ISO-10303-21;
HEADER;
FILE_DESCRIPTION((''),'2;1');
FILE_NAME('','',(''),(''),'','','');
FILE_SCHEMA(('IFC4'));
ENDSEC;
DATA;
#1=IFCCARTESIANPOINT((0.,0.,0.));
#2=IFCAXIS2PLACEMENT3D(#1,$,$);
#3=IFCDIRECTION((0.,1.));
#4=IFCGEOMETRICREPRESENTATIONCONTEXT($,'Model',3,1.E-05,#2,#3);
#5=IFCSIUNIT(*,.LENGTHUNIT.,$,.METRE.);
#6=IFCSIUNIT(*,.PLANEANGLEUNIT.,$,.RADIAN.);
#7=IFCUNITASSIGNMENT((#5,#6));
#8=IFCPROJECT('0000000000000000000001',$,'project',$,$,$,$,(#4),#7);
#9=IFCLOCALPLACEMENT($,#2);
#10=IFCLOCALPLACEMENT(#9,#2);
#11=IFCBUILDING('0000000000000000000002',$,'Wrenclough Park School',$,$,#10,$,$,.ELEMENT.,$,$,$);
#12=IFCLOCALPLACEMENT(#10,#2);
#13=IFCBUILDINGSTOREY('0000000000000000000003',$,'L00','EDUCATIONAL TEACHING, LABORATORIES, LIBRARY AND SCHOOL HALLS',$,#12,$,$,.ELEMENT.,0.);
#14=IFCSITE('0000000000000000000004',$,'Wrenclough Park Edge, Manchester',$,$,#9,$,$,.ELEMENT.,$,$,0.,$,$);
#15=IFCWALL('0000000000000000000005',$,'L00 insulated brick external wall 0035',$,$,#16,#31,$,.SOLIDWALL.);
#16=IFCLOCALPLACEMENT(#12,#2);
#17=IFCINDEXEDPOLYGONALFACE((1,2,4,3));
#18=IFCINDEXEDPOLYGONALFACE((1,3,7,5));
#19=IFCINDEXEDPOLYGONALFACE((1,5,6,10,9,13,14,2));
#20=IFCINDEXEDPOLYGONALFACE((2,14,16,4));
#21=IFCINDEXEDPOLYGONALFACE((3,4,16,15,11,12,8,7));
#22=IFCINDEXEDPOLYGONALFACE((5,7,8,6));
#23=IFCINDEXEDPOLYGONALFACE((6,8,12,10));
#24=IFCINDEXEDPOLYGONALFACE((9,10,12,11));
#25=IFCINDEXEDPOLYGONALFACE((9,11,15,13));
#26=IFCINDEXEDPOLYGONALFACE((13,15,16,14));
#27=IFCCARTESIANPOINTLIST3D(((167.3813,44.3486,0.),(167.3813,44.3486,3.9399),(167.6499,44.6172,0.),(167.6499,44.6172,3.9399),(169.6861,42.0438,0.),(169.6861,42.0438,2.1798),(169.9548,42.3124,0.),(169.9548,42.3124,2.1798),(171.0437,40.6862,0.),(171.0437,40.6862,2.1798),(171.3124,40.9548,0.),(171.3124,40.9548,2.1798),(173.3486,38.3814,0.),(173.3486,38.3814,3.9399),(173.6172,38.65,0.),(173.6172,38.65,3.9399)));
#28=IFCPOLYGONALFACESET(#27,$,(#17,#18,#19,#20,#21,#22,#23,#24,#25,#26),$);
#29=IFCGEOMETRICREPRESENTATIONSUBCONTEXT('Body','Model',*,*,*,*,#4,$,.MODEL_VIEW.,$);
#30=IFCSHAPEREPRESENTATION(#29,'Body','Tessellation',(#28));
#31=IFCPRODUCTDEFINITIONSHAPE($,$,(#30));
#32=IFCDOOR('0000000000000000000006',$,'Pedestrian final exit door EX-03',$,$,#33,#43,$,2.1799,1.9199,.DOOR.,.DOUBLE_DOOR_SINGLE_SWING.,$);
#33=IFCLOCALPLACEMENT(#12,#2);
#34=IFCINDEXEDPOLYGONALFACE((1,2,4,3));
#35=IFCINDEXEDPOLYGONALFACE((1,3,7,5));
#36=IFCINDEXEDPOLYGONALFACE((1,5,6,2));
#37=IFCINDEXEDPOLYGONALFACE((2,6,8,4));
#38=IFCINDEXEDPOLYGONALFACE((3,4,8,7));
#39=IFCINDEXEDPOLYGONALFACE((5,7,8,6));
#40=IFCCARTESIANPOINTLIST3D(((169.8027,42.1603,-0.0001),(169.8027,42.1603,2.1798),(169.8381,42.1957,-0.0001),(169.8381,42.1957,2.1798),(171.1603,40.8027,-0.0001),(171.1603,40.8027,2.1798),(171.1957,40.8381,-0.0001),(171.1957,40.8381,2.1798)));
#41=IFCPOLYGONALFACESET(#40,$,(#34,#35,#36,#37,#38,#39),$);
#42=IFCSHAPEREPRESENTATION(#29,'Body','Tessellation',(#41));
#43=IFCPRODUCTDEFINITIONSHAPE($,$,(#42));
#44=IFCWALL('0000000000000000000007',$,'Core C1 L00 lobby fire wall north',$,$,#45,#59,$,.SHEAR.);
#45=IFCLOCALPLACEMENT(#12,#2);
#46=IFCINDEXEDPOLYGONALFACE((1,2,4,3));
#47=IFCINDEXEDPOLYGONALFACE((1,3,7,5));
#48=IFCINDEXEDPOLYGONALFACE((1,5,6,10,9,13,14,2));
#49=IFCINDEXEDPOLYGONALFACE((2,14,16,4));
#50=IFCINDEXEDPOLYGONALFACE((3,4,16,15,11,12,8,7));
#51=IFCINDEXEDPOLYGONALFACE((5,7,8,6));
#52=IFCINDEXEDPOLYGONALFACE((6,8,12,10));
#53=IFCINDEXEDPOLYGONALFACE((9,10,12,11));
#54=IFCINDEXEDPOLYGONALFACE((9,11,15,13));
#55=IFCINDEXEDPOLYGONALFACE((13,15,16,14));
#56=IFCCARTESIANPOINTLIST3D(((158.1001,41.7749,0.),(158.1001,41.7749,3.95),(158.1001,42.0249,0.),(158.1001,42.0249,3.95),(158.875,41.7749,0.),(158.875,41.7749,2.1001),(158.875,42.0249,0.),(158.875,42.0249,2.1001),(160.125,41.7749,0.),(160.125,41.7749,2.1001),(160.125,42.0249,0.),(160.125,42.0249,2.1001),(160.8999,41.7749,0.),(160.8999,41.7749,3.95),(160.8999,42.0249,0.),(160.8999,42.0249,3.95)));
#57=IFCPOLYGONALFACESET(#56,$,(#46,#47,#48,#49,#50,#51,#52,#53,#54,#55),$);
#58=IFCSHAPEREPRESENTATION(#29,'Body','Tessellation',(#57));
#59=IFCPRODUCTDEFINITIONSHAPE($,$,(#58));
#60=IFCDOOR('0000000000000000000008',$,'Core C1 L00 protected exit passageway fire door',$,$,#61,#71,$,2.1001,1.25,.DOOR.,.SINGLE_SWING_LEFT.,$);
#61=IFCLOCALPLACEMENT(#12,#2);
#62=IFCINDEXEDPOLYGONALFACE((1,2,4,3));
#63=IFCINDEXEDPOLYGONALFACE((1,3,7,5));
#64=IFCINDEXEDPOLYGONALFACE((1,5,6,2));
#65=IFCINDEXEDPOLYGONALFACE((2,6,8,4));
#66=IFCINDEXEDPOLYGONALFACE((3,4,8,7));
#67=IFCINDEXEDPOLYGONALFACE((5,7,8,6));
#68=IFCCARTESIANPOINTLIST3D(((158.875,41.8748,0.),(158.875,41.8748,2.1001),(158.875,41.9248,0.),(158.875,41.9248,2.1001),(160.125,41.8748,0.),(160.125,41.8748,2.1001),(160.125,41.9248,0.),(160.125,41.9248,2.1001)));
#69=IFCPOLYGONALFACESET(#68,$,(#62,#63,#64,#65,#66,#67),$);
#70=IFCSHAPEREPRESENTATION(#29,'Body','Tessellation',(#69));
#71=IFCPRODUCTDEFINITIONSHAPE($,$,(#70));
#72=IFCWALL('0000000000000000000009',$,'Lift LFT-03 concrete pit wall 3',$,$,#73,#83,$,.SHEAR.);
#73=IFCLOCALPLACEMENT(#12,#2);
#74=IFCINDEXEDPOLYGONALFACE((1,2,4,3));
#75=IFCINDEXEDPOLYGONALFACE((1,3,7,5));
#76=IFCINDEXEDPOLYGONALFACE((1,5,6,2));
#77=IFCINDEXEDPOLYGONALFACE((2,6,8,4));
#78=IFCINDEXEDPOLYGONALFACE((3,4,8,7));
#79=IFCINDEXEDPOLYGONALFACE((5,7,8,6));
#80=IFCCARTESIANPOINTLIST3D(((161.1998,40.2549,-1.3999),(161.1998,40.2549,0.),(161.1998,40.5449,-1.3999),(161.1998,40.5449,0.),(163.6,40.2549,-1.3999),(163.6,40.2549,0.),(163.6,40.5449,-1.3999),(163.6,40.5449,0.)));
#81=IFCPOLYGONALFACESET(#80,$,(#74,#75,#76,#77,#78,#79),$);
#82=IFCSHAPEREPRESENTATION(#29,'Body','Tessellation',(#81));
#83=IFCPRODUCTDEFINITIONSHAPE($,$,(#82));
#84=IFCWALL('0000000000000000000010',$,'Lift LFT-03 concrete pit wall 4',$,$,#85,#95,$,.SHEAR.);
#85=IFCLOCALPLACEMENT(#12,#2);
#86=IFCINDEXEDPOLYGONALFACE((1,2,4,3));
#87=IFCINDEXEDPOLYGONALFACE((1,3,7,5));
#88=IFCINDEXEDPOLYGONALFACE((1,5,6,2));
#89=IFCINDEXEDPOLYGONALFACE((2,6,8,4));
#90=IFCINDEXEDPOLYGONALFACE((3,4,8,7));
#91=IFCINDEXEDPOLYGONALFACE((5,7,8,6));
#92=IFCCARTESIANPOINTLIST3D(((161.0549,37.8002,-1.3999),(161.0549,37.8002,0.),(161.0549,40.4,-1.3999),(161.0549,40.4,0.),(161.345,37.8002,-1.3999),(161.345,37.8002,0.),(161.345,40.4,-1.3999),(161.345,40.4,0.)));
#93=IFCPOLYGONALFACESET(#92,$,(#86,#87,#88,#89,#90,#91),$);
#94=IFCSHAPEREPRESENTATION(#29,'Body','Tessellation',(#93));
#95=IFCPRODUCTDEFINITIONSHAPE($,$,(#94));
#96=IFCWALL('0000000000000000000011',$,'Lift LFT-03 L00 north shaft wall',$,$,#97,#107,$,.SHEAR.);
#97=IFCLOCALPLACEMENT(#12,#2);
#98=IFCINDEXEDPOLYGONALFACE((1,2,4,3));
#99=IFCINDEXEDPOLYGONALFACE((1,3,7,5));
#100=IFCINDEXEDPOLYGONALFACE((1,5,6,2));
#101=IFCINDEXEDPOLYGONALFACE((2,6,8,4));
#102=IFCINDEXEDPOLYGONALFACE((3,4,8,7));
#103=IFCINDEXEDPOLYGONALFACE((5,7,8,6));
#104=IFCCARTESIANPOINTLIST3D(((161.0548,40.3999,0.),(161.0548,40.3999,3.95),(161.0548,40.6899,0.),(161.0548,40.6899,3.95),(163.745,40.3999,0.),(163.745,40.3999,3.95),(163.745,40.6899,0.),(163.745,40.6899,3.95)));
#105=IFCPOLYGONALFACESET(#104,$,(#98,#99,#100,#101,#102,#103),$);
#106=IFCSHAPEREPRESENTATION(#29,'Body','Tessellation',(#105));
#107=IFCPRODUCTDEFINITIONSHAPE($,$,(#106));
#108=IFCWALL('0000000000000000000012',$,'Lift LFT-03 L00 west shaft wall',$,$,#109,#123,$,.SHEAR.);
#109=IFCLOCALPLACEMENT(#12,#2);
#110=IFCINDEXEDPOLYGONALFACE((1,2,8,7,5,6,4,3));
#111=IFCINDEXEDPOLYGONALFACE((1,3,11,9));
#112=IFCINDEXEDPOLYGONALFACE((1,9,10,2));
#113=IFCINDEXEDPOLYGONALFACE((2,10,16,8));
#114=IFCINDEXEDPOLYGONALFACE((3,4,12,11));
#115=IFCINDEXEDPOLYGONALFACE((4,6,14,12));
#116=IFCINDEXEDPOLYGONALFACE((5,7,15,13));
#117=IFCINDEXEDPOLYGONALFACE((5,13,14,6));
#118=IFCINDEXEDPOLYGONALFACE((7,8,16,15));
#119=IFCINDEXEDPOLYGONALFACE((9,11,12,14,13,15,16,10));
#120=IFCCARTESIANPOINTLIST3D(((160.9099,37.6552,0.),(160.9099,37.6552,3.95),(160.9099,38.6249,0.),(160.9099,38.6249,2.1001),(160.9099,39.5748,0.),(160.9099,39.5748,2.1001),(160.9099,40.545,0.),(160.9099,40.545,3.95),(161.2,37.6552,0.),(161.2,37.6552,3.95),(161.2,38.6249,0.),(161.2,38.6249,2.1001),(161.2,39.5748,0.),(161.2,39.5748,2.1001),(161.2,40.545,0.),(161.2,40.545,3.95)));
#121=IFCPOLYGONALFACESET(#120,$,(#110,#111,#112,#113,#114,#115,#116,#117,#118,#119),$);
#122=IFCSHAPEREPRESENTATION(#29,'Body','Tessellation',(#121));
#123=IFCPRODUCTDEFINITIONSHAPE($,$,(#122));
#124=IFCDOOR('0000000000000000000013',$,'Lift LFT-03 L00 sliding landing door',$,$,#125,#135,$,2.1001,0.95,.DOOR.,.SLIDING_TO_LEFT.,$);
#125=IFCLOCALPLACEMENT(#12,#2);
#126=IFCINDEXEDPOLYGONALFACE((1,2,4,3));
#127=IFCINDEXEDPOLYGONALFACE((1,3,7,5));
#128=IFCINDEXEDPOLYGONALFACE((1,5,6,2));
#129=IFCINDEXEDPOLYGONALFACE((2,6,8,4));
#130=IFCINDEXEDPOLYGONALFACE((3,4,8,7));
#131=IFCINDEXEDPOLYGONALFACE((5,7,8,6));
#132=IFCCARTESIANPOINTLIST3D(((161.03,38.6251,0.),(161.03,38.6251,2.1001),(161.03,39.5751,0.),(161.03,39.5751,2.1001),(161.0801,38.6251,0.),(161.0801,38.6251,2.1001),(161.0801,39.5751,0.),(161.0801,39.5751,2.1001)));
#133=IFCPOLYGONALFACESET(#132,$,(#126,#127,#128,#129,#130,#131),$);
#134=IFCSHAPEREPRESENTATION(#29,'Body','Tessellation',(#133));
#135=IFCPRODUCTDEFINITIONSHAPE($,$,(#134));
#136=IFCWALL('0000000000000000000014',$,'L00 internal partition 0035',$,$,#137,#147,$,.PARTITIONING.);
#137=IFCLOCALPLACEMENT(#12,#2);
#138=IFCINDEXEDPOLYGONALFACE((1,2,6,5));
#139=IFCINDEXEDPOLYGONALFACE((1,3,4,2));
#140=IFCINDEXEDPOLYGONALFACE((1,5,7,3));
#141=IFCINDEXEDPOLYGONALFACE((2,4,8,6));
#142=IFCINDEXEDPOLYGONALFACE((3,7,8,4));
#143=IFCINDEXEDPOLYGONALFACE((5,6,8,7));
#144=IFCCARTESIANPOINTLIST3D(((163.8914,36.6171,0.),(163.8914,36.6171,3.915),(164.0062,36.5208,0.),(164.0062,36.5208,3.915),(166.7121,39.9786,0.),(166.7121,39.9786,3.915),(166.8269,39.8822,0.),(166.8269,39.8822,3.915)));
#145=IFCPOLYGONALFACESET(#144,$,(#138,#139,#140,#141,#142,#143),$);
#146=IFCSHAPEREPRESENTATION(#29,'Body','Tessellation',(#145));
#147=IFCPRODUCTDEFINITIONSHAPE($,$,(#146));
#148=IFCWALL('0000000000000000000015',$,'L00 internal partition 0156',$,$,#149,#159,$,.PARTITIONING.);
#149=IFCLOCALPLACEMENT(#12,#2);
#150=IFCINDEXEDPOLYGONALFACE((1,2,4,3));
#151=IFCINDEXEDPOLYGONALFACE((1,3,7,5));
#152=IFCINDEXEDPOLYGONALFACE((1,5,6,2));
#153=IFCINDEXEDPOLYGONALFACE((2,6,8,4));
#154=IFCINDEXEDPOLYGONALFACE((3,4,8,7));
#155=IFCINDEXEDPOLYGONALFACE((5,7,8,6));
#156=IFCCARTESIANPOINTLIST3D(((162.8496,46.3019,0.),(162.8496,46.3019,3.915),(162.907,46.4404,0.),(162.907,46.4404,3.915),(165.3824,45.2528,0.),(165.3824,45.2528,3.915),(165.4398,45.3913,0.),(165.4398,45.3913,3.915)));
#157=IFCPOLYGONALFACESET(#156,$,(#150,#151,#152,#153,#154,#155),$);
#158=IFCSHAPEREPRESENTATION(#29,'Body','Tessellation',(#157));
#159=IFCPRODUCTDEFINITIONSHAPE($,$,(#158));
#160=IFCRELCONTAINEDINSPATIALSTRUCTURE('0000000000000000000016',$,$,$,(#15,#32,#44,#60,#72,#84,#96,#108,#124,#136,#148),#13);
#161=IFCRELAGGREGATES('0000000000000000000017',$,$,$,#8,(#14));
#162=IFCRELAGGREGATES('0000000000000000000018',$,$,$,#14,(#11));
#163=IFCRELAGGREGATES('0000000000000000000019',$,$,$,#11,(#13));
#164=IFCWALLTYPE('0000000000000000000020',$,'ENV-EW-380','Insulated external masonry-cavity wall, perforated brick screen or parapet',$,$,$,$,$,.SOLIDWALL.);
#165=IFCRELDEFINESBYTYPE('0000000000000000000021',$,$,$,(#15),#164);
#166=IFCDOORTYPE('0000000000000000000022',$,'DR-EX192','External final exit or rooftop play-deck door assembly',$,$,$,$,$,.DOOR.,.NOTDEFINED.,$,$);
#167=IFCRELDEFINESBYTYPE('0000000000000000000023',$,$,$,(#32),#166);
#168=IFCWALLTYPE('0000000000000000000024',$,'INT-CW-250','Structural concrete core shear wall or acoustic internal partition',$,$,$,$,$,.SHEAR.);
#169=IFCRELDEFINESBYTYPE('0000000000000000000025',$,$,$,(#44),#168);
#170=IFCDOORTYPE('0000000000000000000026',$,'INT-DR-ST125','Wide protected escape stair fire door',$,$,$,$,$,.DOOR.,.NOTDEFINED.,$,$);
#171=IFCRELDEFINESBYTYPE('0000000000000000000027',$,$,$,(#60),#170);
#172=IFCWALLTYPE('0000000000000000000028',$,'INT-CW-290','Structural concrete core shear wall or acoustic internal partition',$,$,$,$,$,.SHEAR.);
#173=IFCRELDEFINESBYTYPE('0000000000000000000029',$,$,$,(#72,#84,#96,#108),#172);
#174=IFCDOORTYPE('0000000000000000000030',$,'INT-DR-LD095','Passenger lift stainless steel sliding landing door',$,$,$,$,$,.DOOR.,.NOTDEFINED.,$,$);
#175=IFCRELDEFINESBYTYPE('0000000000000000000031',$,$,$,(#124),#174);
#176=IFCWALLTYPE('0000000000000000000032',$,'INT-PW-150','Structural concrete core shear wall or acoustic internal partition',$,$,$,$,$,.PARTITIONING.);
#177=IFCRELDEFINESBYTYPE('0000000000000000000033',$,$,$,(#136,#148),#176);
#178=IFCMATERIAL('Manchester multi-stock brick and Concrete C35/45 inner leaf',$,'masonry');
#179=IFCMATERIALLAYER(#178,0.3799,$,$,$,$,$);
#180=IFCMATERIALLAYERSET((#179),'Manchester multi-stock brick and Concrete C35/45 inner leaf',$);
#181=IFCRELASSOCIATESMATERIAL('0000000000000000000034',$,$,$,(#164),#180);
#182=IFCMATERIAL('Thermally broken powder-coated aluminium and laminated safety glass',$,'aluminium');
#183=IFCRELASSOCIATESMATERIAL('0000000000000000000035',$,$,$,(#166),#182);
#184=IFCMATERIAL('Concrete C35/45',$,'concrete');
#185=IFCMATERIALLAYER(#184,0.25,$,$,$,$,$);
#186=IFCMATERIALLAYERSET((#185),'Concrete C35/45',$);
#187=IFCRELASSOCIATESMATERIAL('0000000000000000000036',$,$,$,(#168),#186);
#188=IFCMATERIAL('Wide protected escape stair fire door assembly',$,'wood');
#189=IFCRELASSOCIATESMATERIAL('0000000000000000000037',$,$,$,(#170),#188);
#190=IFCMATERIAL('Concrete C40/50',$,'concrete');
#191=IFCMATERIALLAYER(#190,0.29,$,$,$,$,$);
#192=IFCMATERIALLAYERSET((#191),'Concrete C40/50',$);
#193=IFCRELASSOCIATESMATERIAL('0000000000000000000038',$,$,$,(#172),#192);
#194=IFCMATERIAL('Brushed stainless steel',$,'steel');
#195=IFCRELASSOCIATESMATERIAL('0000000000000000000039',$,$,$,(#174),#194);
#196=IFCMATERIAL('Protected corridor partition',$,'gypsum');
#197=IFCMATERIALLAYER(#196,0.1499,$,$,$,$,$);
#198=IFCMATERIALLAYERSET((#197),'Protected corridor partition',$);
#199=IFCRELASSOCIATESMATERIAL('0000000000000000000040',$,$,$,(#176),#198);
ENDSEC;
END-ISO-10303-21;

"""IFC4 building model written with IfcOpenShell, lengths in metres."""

from ifc_helpers import new_model, si_unit, direction, frame, frame_2d, origin, place, context, subcontext, project, spatial, rectangle, extrude, material, layer, layer_set, type_object, element, fill, save


model = new_model("IFC4")

# Units and contexts
model_context = context("Model", 3, precision=1e-05, world=origin(), true_north=direction((0.0, 1.0)))
body_context = subcontext(model_context, "Body", "Model", "MODEL_VIEW")
ifc_project = project(units=[si_unit("LENGTHUNIT", "METRE"), si_unit("PLANEANGLEUNIT", "RADIAN")], contexts=[model_context])

# Site, building, storey
site_placement = place(None, origin())
site = spatial("IfcSite", under=ifc_project, at=site_placement, Name="Wrenclough Park Edge, Manchester", CompositionType="ELEMENT", RefElevation=0.0)
building_placement = place(site_placement, origin())
building = spatial("IfcBuilding", under=site, at=building_placement, Name="Wrenclough Park School", CompositionType="ELEMENT")
storey_placement = place(building_placement, origin())
storey = spatial("IfcBuildingStorey", under=building, at=storey_placement, Name="L00", Description="EDUCATIONAL TEACHING, LABORATORIES, LIBRARY AND SCHOOL HALLS", CompositionType="ELEMENT", Elevation=0.0)

# Shared definitions
ifc_material_1 = material(Name="Concrete C35/45", Category="concrete")

# Shared definitions
ifc_material_2 = material(Name="Concrete C40/50", Category="concrete")

# Walls, openings, doors
ifc_material_3 = material(Name="Manchester multi-stock brick and Concrete C35/45 inner leaf", Category="masonry")
ifc_layer_1 = layer(ifc_material_3, 0.3799)
ifc_layer_set_1 = layer_set([ifc_layer_1], Name="Manchester multi-stock brick and Concrete C35/45 inner leaf")
wall_type_1 = type_object("IfcWallType", Name="ENV-EW-380", Description="Insulated external masonry-cavity wall, perforated brick screen or parapet", PredefinedType="SOLIDWALL", material=ifc_layer_set_1)
wall_1_placement = place(storey_placement, frame((167.5156, 44.4829, 0.0), z_axis=(0.0, 0.0, 1.0), x_axis=(0.707107, -0.707107, 0.0)))
wall_1 = element("IfcWall", 1, at=wall_1_placement, inside=storey, type_object=wall_type_1, Name="L00 insulated brick external wall 0035", PredefinedType="SOLIDWALL", context=body_context, shape_type="SweptSolid", body=[
    extrude(rectangle(XDim=8.439, YDim=0.3799, at=frame_2d((4.2195, 0.0))), origin(), (0.0, 0.0, 1.0), 3.9399),
])
opening_1_placement = place(wall_1_placement, frame((3.2595, 0.0, 0.0)))
opening_1 = element("IfcOpeningElement", 2, at=opening_1_placement, cuts=wall_1, PredefinedType="OPENING", context=body_context, shape_type="SweptSolid", body=[
    extrude(rectangle(XDim=1.9199, YDim=2.1799, at=frame_2d((0.96, 1.0898))), frame((0.0, 0.2, 0.0), z_axis=(0.0, -1.0, 0.0), x_axis=(1.0, 0.0, 0.0)), (0.0, 0.0, 1.0), 0.3999),
])
ifc_material_4 = material(Name="Thermally broken powder-coated aluminium and laminated safety glass", Category="aluminium")
door_type_1 = type_object("IfcDoorType", Name="DR-EX192", Description="External final exit or rooftop play-deck door assembly", OperationType="NOTDEFINED", PredefinedType="DOOR", material=ifc_material_4)
door_1_placement = place(opening_1_placement, origin())
door_1 = element("IfcDoor", 3, at=door_1_placement, inside=storey, type_object=door_type_1, Name="Pedestrian final exit door EX-03", OperationType="DOUBLE_DOOR_SINGLE_SWING", OverallHeight=2.1799, OverallWidth=1.9199, PredefinedType="DOOR", context=body_context, shape_type="SweptSolid", body=[
    extrude(rectangle(XDim=1.9199, YDim=2.1799, at=frame_2d((0.96, 1.0898))), frame((0.0, 0.0249, 0.0), z_axis=(0.0, -1.0, 0.0), x_axis=(1.0, 0.0, 0.0)), (0.0, 0.0, 1.0), 0.05),
])
fill(opening_1, door_1)
ifc_layer_2 = layer(ifc_material_1, 0.25)
ifc_layer_set_2 = layer_set([ifc_layer_2], Name="Concrete C35/45")
wall_type_2 = type_object("IfcWallType", Name="INT-CW-250", Description="Structural concrete core shear wall or acoustic internal partition", PredefinedType="SHEAR", material=ifc_layer_set_2)
wall_2_placement = place(storey_placement, frame((160.8999, 41.8999, 0.0), z_axis=(0.0, 0.0, 1.0), x_axis=(-1.0, 0.0, 0.0)))
wall_2 = element("IfcWall", 4, at=wall_2_placement, inside=storey, type_object=wall_type_2, Name="Core C1 L00 lobby fire wall north", PredefinedType="SHEAR", context=body_context, shape_type="SweptSolid", body=[
    extrude(rectangle(XDim=2.7998, YDim=0.25, at=frame_2d((1.3999, 0.0))), origin(), (0.0, 0.0, 1.0), 3.95),
])
opening_2_placement = place(wall_2_placement, frame((0.7749, 0.0, 0.0)))
opening_2 = element("IfcOpeningElement", 5, at=opening_2_placement, cuts=wall_2, PredefinedType="OPENING", context=body_context, shape_type="SweptSolid", body=[
    extrude(rectangle(XDim=1.25, YDim=2.1001, at=frame_2d((0.625, 1.05))), frame((0.0, 0.135, 0.0), z_axis=(0.0, -1.0, 0.0), x_axis=(1.0, 0.0, 0.0)), (0.0, 0.0, 1.0), 0.27),
])
ifc_material_5 = material(Name="Wide protected escape stair fire door assembly", Category="wood")
door_type_2 = type_object("IfcDoorType", Name="INT-DR-ST125", Description="Wide protected escape stair fire door", OperationType="NOTDEFINED", PredefinedType="DOOR", material=ifc_material_5)
door_2_placement = place(opening_2_placement, frame((1.25, 0.0, 0.0), z_axis=(0.0, 0.0, 1.0), x_axis=(-1.0, 0.0, 0.0)))
door_2 = element("IfcDoor", 6, at=door_2_placement, inside=storey, type_object=door_type_2, Name="Core C1 L00 protected exit passageway fire door", OperationType="SINGLE_SWING_LEFT", OverallHeight=2.1001, OverallWidth=1.25, PredefinedType="DOOR", context=body_context, shape_type="SweptSolid", body=[
    extrude(rectangle(XDim=1.25, YDim=2.1001, at=frame_2d((0.625, 1.05))), frame((0.0, 0.0249, 0.0), z_axis=(0.0, -1.0, 0.0), x_axis=(1.0, 0.0, 0.0)), (0.0, 0.0, 1.0), 0.05),
])
fill(opening_2, door_2)

# Walls
ifc_layer_3 = layer(ifc_material_2, 0.29)
ifc_layer_set_3 = layer_set([ifc_layer_3], Name="Concrete C40/50")
wall_type_3 = type_object("IfcWallType", Name="INT-CW-290", Description="Structural concrete core shear wall or acoustic internal partition", PredefinedType="SHEAR", material=ifc_layer_set_3)
wall_3_placement = place(storey_placement, frame((163.6001, 40.3999, -1.3999), z_axis=(0.0, 0.0, 1.0), x_axis=(-1.0, 0.0, 0.0)))
element("IfcWall", 7, at=wall_3_placement, inside=storey, type_object=wall_type_3, Name="Lift LFT-03 concrete pit wall 3", PredefinedType="SHEAR", context=body_context, shape_type="SweptSolid", body=[
    extrude(rectangle(XDim=2.4001, YDim=0.29, at=frame_2d((1.2002, 0.0))), origin(), (0.0, 0.0, 1.0), 1.3999),
])
wall_4_placement = place(storey_placement, frame((161.2, 40.3999, -1.3999), z_axis=(0.0, 0.0, 1.0), x_axis=(0.0, -1.0, 0.0)))
element("IfcWall", 8, at=wall_4_placement, inside=storey, type_object=wall_type_3, Name="Lift LFT-03 concrete pit wall 4", PredefinedType="SHEAR", context=body_context, shape_type="SweptSolid", body=[
    extrude(rectangle(XDim=2.5999, YDim=0.29, at=frame_2d((1.2998, 0.0))), origin(), (0.0, 0.0, 1.0), 1.3999),
])
wall_5_placement = place(storey_placement, frame((163.7451, 40.5449, 0.0), z_axis=(0.0, 0.0, 1.0), x_axis=(-1.0, 0.0, 0.0)))
element("IfcWall", 9, at=wall_5_placement, inside=storey, type_object=wall_type_3, Name="Lift LFT-03 L00 north shaft wall", PredefinedType="SHEAR", context=body_context, shape_type="SweptSolid", body=[
    extrude(rectangle(XDim=2.6902, YDim=0.29, at=frame_2d((1.3452, 0.0))), origin(), (0.0, 0.0, 1.0), 3.95),
])

# Wall, opening, door
wall_6_placement = place(storey_placement, frame((161.0549, 40.5449, 0.0), z_axis=(0.0, 0.0, 1.0), x_axis=(0.0, -1.0, 0.0)))
wall_6 = element("IfcWall", 10, at=wall_6_placement, inside=storey, type_object=wall_type_3, Name="Lift LFT-03 L00 west shaft wall", PredefinedType="SHEAR", context=body_context, shape_type="SweptSolid", body=[
    extrude(rectangle(XDim=2.8899, YDim=0.29, at=frame_2d((1.4448, 0.0))), origin(), (0.0, 0.0, 1.0), 3.95),
])
opening_3_placement = place(wall_6_placement, frame((0.97, 0.0, 0.0)))
opening_3 = element("IfcOpeningElement", 11, at=opening_3_placement, cuts=wall_6, PredefinedType="OPENING", context=body_context, shape_type="SweptSolid", body=[
    extrude(rectangle(XDim=0.95, YDim=2.1001, at=frame_2d((0.4751, 1.05))), frame((0.0, 0.155, 0.0), z_axis=(0.0, -1.0, 0.0), x_axis=(1.0, 0.0, 0.0)), (0.0, 0.0, 1.0), 0.3101),
])
ifc_material_6 = material(Name="Brushed stainless steel", Category="steel")
door_type_3 = type_object("IfcDoorType", Name="INT-DR-LD095", Description="Passenger lift stainless steel sliding landing door", OperationType="NOTDEFINED", PredefinedType="DOOR", material=ifc_material_6)
door_3_placement = place(opening_3_placement, frame((0.95, 0.0, 0.0), z_axis=(0.0, 0.0, 1.0), x_axis=(-1.0, 0.0, 0.0)))
door_3 = element("IfcDoor", 12, at=door_3_placement, inside=storey, type_object=door_type_3, Name="Lift LFT-03 L00 sliding landing door", OperationType="SLIDING_TO_LEFT", OverallHeight=2.1001, OverallWidth=0.95, PredefinedType="DOOR", context=body_context, shape_type="SweptSolid", body=[
    extrude(rectangle(XDim=0.95, YDim=2.1001, at=frame_2d((0.4751, 1.05))), frame((0.0, 0.0249, 0.0), z_axis=(0.0, -1.0, 0.0), x_axis=(1.0, 0.0, 0.0)), (0.0, 0.0, 1.0), 0.05),
])
fill(opening_3, door_3)

# Walls
ifc_material_7 = material(Name="Protected corridor partition", Category="gypsum")
ifc_layer_4 = layer(ifc_material_7, 0.1499)
ifc_layer_set_4 = layer_set([ifc_layer_4], Name="Protected corridor partition")
wall_type_4 = type_object("IfcWallType", Name="INT-PW-150", Description="Structural concrete core shear wall or acoustic internal partition", PredefinedType="PARTITIONING", material=ifc_layer_set_4)
wall_7_placement = place(storey_placement, frame((166.7695, 39.9304, 0.0), z_axis=(0.0, 0.0, 1.0), x_axis=(-0.642802, -0.766032, 0.0)))
element("IfcWall", 13, at=wall_7_placement, inside=storey, type_object=wall_type_4, Name="L00 internal partition 0035", PredefinedType="PARTITIONING", context=body_context, shape_type="SweptSolid", body=[
    extrude(rectangle(XDim=4.3882, YDim=0.1499, at=frame_2d((2.1941, 0.0))), origin(), (0.0, 0.0, 1.0), 3.915),
])
wall_8_placement = place(storey_placement, frame((162.8784, 46.3711, 0.0), z_axis=(0.0, 0.0, 1.0), x_axis=(0.923881, -0.38268, 0.0)))
element("IfcWall", 14, at=wall_8_placement, inside=storey, type_object=wall_type_4, Name="L00 internal partition 0156", PredefinedType="PARTITIONING", context=body_context, shape_type="SweptSolid", body=[
    extrude(rectangle(XDim=2.7415, YDim=0.1499, at=frame_2d((1.3706, 0.0))), origin(), (0.0, 0.0, 1.0), 3.915),
])

save(model, "model.ifc")
